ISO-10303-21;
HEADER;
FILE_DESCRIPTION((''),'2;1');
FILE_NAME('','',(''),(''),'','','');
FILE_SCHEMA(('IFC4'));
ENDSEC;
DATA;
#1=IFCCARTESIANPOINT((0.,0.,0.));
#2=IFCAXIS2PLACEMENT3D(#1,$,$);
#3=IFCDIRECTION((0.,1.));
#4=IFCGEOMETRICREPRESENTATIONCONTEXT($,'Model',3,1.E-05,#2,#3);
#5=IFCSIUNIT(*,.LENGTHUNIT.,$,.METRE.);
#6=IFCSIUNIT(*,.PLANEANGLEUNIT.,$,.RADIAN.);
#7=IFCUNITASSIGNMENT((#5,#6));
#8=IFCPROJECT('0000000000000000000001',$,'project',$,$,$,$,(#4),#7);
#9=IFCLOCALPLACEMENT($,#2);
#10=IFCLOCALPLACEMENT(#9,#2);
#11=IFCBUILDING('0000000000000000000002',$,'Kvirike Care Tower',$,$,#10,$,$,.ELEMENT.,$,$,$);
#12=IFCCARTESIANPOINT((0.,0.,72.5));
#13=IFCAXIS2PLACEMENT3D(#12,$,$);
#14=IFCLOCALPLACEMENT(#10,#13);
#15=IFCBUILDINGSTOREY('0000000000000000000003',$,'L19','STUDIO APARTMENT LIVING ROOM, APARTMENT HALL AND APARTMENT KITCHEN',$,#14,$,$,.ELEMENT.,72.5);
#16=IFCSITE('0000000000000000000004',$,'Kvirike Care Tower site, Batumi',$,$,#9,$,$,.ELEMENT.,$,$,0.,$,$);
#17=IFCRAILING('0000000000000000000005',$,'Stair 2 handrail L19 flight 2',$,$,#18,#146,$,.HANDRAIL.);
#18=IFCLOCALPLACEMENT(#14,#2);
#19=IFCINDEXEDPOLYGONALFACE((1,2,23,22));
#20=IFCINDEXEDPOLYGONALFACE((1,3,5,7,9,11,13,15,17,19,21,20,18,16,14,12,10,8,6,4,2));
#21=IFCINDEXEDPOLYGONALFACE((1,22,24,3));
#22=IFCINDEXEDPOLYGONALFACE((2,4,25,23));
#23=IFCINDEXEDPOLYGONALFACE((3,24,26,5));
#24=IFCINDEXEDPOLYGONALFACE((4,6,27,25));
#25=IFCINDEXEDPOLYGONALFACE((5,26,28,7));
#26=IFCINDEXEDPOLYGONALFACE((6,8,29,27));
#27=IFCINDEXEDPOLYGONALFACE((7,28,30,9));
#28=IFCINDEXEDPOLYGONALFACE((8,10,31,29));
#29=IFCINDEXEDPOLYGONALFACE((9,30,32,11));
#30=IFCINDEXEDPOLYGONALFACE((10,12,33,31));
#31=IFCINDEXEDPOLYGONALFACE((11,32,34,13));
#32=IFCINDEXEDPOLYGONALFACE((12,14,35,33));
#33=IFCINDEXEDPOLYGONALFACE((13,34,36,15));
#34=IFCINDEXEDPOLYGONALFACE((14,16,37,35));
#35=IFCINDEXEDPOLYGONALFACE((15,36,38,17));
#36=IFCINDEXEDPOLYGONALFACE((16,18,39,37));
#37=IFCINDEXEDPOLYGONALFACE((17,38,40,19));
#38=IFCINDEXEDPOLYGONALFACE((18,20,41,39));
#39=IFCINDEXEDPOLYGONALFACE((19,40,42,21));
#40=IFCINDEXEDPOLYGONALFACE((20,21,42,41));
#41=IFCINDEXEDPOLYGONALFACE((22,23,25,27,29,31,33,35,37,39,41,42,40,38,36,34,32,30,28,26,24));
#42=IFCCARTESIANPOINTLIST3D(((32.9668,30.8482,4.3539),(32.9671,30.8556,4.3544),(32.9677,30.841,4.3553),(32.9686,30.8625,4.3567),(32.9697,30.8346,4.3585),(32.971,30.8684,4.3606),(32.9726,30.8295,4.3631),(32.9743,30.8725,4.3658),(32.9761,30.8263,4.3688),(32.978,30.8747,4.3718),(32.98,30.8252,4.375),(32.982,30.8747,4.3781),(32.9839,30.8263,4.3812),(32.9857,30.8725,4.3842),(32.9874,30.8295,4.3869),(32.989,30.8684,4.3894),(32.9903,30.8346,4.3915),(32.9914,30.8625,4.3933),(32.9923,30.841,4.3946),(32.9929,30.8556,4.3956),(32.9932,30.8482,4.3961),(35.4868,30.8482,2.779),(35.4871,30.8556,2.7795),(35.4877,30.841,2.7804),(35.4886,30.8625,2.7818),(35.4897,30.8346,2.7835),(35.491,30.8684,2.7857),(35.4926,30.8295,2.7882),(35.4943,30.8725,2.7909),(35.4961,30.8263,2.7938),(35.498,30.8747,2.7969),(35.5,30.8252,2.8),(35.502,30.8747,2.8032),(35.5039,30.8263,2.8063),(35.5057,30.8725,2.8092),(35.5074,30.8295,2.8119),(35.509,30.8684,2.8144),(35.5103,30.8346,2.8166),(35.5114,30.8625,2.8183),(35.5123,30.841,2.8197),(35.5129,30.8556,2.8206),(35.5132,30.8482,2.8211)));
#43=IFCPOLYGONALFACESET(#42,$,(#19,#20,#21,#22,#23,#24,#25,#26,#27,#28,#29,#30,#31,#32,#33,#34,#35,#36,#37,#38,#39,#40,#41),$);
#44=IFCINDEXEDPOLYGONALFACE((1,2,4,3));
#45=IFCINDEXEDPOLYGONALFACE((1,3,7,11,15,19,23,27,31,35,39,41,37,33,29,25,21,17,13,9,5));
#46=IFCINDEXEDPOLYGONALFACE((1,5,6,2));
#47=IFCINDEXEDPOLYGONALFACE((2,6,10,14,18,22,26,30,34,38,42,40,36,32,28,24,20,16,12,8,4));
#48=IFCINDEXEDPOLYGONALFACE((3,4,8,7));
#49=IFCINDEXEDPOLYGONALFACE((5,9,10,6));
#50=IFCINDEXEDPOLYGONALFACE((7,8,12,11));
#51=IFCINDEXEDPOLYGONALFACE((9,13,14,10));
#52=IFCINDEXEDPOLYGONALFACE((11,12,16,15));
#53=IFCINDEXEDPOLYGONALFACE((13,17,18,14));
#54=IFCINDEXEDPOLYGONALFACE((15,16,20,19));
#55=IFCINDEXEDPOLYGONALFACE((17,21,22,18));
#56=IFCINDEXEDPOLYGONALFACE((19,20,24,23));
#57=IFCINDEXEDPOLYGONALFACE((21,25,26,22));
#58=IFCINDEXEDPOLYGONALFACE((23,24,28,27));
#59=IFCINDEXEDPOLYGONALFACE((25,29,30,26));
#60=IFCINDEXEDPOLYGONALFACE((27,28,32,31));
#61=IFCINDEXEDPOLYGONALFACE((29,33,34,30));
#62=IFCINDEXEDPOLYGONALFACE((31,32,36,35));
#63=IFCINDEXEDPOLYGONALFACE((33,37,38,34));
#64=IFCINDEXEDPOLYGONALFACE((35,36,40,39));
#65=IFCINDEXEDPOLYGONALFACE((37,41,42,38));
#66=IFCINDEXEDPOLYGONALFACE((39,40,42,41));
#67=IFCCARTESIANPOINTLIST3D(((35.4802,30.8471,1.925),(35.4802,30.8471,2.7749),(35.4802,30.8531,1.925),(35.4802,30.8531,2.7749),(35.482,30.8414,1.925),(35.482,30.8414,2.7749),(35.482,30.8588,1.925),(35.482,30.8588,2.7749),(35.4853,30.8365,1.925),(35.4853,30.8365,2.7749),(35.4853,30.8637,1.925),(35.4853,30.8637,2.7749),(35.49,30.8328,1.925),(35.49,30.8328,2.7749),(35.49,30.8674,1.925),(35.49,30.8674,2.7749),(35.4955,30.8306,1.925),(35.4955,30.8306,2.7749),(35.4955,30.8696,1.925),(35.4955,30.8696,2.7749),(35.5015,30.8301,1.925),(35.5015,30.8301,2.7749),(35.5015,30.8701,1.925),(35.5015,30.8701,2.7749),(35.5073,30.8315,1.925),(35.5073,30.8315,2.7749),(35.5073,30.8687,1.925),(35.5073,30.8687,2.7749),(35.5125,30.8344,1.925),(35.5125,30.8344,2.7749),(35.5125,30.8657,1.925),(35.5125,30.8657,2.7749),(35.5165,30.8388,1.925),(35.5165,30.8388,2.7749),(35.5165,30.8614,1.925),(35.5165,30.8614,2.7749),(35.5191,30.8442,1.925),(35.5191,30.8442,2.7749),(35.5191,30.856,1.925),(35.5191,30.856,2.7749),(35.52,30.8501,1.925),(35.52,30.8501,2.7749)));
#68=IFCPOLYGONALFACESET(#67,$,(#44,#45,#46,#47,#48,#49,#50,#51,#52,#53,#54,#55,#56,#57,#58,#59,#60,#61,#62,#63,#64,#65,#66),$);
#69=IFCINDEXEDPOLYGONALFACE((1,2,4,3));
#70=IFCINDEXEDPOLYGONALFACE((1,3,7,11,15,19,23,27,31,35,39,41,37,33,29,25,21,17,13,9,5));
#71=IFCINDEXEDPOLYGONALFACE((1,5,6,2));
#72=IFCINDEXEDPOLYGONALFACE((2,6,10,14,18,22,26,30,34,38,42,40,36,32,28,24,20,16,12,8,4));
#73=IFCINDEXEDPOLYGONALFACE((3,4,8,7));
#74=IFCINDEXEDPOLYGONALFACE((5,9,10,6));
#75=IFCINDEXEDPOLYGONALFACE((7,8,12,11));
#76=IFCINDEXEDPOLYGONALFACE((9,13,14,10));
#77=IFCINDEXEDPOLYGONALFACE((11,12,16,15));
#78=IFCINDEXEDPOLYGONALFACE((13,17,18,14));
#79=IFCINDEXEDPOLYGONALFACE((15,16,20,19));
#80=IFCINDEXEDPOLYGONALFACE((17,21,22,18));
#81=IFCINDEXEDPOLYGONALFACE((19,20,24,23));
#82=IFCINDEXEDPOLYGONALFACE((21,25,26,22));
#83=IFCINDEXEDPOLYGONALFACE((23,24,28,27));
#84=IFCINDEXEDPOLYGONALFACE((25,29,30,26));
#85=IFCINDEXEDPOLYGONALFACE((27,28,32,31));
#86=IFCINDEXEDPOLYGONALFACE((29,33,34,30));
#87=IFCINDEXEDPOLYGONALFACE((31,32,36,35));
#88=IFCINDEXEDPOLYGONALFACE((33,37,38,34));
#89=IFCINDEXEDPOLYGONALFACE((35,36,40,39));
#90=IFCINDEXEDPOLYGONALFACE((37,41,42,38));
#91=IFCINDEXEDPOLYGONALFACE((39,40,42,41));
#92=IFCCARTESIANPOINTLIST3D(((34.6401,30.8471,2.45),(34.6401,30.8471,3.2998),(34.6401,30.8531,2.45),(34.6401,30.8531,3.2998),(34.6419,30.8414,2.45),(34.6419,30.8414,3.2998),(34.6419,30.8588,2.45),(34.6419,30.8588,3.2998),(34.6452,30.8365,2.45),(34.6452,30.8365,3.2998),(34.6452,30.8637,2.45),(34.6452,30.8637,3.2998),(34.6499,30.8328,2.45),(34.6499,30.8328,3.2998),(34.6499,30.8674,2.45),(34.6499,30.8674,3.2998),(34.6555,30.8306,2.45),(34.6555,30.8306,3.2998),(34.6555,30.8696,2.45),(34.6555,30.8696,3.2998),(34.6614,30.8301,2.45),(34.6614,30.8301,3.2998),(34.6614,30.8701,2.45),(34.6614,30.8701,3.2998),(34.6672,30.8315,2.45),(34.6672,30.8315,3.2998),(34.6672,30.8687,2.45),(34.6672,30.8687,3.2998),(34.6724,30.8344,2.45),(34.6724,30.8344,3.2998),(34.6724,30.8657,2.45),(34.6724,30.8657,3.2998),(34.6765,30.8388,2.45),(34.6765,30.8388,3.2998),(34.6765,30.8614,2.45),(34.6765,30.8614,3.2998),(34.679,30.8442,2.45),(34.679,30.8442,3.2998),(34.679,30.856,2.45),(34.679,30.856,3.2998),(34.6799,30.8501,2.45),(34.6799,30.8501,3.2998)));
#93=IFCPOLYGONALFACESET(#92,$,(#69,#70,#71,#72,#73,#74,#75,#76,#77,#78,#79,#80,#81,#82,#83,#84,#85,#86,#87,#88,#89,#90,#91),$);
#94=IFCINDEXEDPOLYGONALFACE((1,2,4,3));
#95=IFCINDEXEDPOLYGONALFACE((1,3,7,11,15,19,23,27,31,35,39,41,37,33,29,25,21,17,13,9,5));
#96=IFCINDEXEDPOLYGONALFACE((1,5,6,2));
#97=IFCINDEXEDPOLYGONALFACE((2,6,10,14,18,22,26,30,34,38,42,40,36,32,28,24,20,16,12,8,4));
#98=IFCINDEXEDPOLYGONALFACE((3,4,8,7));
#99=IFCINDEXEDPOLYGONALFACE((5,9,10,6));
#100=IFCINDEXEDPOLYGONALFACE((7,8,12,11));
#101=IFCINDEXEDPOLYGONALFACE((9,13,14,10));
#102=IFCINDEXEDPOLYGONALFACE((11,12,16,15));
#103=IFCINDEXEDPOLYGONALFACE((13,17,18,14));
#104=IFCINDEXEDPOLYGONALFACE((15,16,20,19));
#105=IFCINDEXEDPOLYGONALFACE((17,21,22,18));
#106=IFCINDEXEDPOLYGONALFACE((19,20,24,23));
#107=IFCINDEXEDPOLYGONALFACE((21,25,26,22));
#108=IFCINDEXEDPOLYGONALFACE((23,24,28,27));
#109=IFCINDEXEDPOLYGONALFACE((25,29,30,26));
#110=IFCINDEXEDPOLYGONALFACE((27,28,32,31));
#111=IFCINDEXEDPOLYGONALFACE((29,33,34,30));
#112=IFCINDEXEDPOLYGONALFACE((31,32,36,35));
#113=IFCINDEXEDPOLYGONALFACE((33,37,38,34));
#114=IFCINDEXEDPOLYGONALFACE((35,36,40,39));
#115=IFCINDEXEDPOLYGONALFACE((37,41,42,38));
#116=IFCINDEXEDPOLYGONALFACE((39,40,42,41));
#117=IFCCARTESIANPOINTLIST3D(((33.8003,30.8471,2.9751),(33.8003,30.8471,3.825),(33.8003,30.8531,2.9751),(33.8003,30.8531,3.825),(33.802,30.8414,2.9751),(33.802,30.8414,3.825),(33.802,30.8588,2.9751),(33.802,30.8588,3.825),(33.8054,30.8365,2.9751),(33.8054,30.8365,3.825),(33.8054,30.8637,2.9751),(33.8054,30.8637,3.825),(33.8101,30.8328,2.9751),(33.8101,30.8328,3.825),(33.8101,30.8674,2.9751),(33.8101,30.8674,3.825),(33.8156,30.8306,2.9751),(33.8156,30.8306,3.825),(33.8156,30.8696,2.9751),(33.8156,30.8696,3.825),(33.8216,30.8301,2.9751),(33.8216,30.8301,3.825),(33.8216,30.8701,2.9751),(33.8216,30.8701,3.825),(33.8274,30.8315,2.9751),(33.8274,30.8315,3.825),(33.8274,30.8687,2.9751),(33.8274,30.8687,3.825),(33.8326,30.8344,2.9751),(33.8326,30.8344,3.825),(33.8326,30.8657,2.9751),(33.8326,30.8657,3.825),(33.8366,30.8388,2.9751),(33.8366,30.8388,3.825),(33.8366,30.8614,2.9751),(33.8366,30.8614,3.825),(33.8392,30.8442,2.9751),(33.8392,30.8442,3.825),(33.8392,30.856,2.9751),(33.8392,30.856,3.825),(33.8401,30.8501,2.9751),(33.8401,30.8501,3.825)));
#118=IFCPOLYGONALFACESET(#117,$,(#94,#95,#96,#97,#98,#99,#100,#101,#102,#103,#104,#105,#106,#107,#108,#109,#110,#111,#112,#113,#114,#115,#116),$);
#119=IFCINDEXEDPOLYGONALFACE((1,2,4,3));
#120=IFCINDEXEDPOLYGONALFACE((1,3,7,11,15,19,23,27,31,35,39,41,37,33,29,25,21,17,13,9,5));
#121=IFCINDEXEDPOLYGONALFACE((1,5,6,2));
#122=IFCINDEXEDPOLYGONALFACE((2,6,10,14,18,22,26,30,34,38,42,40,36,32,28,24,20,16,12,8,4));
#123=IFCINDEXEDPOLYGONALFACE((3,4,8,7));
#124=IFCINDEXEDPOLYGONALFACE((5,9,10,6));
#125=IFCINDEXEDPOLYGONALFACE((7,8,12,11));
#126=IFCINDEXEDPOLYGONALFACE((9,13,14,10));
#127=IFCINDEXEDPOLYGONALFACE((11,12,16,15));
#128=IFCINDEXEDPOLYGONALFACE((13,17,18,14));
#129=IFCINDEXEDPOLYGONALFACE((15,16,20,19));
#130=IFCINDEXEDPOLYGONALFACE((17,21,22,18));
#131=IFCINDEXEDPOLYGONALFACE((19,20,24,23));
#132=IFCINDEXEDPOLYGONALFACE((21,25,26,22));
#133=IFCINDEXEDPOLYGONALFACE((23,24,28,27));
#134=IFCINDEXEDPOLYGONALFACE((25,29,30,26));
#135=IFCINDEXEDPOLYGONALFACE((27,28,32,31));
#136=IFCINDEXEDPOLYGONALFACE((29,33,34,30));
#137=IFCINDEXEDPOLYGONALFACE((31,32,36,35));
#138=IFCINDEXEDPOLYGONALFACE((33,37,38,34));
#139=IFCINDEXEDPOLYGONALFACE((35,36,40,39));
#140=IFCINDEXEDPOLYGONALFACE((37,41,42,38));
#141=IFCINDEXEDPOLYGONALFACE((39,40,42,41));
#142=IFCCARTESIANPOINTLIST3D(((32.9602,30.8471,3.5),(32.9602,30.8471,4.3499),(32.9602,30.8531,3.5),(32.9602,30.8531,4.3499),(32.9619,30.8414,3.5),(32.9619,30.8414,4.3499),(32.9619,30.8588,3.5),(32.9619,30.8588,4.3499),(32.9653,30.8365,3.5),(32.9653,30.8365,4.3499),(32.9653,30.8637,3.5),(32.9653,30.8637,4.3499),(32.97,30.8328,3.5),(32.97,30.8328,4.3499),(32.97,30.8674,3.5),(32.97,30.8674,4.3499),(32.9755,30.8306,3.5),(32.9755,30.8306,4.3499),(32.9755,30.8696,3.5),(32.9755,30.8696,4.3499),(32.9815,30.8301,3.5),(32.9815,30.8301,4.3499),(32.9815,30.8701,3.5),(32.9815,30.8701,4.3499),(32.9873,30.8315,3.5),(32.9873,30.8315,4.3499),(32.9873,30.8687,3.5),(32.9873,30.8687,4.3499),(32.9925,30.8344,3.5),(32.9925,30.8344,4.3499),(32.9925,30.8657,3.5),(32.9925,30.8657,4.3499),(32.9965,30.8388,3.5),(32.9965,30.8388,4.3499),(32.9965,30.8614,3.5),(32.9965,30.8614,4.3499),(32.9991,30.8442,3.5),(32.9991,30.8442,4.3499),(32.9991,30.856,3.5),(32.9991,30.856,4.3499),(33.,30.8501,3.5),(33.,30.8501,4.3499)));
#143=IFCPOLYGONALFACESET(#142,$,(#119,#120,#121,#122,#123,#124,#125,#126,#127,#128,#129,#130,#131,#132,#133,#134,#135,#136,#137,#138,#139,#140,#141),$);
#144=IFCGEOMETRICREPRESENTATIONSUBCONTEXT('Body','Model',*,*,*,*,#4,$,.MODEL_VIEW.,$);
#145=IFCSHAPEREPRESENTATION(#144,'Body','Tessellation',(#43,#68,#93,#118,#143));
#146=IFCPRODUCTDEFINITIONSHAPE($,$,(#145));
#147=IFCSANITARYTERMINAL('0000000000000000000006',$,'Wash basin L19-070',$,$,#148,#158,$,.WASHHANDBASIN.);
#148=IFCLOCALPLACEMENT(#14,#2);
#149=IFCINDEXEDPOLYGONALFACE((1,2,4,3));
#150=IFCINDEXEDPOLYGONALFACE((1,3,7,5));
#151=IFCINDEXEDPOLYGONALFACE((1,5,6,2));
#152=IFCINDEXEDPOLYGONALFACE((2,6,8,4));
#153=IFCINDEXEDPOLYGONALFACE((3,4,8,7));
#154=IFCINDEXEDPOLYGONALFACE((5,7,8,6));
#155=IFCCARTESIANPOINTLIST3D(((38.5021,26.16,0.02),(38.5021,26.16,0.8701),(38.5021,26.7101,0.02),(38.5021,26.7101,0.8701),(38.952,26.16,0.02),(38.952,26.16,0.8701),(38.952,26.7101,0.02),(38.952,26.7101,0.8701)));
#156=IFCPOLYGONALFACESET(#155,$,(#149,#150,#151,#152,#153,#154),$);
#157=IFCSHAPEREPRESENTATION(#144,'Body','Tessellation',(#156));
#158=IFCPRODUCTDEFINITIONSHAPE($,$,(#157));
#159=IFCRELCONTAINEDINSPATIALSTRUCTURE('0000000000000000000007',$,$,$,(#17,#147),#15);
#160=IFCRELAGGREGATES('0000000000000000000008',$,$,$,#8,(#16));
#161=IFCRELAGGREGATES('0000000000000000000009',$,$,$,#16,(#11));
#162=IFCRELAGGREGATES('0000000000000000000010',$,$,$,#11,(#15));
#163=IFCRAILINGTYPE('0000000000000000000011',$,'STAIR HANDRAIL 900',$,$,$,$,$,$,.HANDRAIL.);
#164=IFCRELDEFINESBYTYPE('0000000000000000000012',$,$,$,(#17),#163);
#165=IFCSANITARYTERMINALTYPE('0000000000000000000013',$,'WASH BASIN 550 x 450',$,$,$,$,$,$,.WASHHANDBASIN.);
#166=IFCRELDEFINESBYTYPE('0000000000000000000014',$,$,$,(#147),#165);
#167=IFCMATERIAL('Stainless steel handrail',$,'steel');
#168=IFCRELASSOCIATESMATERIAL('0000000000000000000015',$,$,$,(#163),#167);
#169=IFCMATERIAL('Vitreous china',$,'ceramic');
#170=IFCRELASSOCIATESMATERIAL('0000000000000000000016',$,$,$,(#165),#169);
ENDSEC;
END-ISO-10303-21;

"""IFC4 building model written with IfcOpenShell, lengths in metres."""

from ifc_helpers import new_model, si_unit, direction, frame, origin, origin_2d, place, context, subcontext, project, spatial, rectangle, circle, extrude, material, type_object, element, save


model = new_model("IFC4")

# Units and contexts
model_context = context("Model", 3, precision=1e-05, world=origin(), true_north=direction((0.0, 1.0)))
body_context = subcontext(model_context, "Body", "Model", "MODEL_VIEW")
ifc_project = project(units=[si_unit("LENGTHUNIT", "METRE"), si_unit("PLANEANGLEUNIT", "RADIAN")], contexts=[model_context])

# Site, building, storey
site_placement = place(None, origin())
site = spatial("IfcSite", under=ifc_project, at=site_placement, Name="Kvirike Care Tower site, Batumi", CompositionType="ELEMENT", RefElevation=0.0)
building_placement = place(site_placement, origin())
building = spatial("IfcBuilding", under=site, at=building_placement, Name="Kvirike Care Tower", CompositionType="ELEMENT")
storey_placement = place(building_placement, frame((0.0, 0.0, 72.5)))
storey = spatial("IfcBuildingStorey", under=building, at=storey_placement, Name="L19", Description="STUDIO APARTMENT LIVING ROOM, APARTMENT HALL AND APARTMENT KITCHEN", CompositionType="ELEMENT", Elevation=72.5)

# Railing
ifc_material_1 = material(Name="Stainless steel handrail", Category="steel")
railing_type = type_object("IfcRailingType", Name="STAIR HANDRAIL 900", PredefinedType="HANDRAIL", material=ifc_material_1)
railing_placement = place(storey_placement, frame((35.5, 30.8501, 1.925)))
element("IfcRailing", 1, at=railing_placement, inside=storey, type_object=railing_type, Name="Stair 2 handrail L19 flight 2", PredefinedType="HANDRAIL", context=body_context, shape_type="SweptSolid", body=[
    extrude(circle(Radius=0.0249, at=origin_2d()), frame((0.0, 0.0, 0.875), z_axis=(-0.848008, 0.0, 0.529984), x_axis=(0.0, -1.0, 0.0)), (0.0, 0.0, 1.0), 2.9717),
    extrude(circle(Radius=0.02, at=origin_2d()), origin(), (0.0, 0.0, 1.0), 0.8499),
    extrude(circle(Radius=0.02, at=origin_2d()), frame((-0.8401, 0.0, 0.5249)), (0.0, 0.0, 1.0), 0.8499),
    extrude(circle(Radius=0.02, at=origin_2d()), frame((-1.6799, 0.0, 1.05)), (0.0, 0.0, 1.0), 0.8499),
    extrude(circle(Radius=0.02, at=origin_2d()), frame((-2.52, 0.0, 1.575)), (0.0, 0.0, 1.0), 0.8499),
])

# Sanitary terminal
ifc_material_2 = material(Name="Vitreous china", Category="ceramic")
sanitary_terminal_type = type_object("IfcSanitaryTerminalType", Name="WASH BASIN 550 x 450", PredefinedType="WASHHANDBASIN", material=ifc_material_2)
sanitary_terminal_placement = place(storey_placement, frame((38.7271, 26.4351, 0.02), z_axis=(0.0, 0.0, 1.0), x_axis=(0.0, 1.0, 0.0)))
element("IfcSanitaryTerminal", 2, at=sanitary_terminal_placement, inside=storey, type_object=sanitary_terminal_type, Name="Wash basin L19-070", PredefinedType="WASHHANDBASIN", context=body_context, shape_type="SweptSolid", body=[
    extrude(rectangle(XDim=0.55, YDim=0.45, at=origin_2d()), origin(), (0.0, 0.0, 1.0), 0.8501),
])

save(model, "model.ifc")
